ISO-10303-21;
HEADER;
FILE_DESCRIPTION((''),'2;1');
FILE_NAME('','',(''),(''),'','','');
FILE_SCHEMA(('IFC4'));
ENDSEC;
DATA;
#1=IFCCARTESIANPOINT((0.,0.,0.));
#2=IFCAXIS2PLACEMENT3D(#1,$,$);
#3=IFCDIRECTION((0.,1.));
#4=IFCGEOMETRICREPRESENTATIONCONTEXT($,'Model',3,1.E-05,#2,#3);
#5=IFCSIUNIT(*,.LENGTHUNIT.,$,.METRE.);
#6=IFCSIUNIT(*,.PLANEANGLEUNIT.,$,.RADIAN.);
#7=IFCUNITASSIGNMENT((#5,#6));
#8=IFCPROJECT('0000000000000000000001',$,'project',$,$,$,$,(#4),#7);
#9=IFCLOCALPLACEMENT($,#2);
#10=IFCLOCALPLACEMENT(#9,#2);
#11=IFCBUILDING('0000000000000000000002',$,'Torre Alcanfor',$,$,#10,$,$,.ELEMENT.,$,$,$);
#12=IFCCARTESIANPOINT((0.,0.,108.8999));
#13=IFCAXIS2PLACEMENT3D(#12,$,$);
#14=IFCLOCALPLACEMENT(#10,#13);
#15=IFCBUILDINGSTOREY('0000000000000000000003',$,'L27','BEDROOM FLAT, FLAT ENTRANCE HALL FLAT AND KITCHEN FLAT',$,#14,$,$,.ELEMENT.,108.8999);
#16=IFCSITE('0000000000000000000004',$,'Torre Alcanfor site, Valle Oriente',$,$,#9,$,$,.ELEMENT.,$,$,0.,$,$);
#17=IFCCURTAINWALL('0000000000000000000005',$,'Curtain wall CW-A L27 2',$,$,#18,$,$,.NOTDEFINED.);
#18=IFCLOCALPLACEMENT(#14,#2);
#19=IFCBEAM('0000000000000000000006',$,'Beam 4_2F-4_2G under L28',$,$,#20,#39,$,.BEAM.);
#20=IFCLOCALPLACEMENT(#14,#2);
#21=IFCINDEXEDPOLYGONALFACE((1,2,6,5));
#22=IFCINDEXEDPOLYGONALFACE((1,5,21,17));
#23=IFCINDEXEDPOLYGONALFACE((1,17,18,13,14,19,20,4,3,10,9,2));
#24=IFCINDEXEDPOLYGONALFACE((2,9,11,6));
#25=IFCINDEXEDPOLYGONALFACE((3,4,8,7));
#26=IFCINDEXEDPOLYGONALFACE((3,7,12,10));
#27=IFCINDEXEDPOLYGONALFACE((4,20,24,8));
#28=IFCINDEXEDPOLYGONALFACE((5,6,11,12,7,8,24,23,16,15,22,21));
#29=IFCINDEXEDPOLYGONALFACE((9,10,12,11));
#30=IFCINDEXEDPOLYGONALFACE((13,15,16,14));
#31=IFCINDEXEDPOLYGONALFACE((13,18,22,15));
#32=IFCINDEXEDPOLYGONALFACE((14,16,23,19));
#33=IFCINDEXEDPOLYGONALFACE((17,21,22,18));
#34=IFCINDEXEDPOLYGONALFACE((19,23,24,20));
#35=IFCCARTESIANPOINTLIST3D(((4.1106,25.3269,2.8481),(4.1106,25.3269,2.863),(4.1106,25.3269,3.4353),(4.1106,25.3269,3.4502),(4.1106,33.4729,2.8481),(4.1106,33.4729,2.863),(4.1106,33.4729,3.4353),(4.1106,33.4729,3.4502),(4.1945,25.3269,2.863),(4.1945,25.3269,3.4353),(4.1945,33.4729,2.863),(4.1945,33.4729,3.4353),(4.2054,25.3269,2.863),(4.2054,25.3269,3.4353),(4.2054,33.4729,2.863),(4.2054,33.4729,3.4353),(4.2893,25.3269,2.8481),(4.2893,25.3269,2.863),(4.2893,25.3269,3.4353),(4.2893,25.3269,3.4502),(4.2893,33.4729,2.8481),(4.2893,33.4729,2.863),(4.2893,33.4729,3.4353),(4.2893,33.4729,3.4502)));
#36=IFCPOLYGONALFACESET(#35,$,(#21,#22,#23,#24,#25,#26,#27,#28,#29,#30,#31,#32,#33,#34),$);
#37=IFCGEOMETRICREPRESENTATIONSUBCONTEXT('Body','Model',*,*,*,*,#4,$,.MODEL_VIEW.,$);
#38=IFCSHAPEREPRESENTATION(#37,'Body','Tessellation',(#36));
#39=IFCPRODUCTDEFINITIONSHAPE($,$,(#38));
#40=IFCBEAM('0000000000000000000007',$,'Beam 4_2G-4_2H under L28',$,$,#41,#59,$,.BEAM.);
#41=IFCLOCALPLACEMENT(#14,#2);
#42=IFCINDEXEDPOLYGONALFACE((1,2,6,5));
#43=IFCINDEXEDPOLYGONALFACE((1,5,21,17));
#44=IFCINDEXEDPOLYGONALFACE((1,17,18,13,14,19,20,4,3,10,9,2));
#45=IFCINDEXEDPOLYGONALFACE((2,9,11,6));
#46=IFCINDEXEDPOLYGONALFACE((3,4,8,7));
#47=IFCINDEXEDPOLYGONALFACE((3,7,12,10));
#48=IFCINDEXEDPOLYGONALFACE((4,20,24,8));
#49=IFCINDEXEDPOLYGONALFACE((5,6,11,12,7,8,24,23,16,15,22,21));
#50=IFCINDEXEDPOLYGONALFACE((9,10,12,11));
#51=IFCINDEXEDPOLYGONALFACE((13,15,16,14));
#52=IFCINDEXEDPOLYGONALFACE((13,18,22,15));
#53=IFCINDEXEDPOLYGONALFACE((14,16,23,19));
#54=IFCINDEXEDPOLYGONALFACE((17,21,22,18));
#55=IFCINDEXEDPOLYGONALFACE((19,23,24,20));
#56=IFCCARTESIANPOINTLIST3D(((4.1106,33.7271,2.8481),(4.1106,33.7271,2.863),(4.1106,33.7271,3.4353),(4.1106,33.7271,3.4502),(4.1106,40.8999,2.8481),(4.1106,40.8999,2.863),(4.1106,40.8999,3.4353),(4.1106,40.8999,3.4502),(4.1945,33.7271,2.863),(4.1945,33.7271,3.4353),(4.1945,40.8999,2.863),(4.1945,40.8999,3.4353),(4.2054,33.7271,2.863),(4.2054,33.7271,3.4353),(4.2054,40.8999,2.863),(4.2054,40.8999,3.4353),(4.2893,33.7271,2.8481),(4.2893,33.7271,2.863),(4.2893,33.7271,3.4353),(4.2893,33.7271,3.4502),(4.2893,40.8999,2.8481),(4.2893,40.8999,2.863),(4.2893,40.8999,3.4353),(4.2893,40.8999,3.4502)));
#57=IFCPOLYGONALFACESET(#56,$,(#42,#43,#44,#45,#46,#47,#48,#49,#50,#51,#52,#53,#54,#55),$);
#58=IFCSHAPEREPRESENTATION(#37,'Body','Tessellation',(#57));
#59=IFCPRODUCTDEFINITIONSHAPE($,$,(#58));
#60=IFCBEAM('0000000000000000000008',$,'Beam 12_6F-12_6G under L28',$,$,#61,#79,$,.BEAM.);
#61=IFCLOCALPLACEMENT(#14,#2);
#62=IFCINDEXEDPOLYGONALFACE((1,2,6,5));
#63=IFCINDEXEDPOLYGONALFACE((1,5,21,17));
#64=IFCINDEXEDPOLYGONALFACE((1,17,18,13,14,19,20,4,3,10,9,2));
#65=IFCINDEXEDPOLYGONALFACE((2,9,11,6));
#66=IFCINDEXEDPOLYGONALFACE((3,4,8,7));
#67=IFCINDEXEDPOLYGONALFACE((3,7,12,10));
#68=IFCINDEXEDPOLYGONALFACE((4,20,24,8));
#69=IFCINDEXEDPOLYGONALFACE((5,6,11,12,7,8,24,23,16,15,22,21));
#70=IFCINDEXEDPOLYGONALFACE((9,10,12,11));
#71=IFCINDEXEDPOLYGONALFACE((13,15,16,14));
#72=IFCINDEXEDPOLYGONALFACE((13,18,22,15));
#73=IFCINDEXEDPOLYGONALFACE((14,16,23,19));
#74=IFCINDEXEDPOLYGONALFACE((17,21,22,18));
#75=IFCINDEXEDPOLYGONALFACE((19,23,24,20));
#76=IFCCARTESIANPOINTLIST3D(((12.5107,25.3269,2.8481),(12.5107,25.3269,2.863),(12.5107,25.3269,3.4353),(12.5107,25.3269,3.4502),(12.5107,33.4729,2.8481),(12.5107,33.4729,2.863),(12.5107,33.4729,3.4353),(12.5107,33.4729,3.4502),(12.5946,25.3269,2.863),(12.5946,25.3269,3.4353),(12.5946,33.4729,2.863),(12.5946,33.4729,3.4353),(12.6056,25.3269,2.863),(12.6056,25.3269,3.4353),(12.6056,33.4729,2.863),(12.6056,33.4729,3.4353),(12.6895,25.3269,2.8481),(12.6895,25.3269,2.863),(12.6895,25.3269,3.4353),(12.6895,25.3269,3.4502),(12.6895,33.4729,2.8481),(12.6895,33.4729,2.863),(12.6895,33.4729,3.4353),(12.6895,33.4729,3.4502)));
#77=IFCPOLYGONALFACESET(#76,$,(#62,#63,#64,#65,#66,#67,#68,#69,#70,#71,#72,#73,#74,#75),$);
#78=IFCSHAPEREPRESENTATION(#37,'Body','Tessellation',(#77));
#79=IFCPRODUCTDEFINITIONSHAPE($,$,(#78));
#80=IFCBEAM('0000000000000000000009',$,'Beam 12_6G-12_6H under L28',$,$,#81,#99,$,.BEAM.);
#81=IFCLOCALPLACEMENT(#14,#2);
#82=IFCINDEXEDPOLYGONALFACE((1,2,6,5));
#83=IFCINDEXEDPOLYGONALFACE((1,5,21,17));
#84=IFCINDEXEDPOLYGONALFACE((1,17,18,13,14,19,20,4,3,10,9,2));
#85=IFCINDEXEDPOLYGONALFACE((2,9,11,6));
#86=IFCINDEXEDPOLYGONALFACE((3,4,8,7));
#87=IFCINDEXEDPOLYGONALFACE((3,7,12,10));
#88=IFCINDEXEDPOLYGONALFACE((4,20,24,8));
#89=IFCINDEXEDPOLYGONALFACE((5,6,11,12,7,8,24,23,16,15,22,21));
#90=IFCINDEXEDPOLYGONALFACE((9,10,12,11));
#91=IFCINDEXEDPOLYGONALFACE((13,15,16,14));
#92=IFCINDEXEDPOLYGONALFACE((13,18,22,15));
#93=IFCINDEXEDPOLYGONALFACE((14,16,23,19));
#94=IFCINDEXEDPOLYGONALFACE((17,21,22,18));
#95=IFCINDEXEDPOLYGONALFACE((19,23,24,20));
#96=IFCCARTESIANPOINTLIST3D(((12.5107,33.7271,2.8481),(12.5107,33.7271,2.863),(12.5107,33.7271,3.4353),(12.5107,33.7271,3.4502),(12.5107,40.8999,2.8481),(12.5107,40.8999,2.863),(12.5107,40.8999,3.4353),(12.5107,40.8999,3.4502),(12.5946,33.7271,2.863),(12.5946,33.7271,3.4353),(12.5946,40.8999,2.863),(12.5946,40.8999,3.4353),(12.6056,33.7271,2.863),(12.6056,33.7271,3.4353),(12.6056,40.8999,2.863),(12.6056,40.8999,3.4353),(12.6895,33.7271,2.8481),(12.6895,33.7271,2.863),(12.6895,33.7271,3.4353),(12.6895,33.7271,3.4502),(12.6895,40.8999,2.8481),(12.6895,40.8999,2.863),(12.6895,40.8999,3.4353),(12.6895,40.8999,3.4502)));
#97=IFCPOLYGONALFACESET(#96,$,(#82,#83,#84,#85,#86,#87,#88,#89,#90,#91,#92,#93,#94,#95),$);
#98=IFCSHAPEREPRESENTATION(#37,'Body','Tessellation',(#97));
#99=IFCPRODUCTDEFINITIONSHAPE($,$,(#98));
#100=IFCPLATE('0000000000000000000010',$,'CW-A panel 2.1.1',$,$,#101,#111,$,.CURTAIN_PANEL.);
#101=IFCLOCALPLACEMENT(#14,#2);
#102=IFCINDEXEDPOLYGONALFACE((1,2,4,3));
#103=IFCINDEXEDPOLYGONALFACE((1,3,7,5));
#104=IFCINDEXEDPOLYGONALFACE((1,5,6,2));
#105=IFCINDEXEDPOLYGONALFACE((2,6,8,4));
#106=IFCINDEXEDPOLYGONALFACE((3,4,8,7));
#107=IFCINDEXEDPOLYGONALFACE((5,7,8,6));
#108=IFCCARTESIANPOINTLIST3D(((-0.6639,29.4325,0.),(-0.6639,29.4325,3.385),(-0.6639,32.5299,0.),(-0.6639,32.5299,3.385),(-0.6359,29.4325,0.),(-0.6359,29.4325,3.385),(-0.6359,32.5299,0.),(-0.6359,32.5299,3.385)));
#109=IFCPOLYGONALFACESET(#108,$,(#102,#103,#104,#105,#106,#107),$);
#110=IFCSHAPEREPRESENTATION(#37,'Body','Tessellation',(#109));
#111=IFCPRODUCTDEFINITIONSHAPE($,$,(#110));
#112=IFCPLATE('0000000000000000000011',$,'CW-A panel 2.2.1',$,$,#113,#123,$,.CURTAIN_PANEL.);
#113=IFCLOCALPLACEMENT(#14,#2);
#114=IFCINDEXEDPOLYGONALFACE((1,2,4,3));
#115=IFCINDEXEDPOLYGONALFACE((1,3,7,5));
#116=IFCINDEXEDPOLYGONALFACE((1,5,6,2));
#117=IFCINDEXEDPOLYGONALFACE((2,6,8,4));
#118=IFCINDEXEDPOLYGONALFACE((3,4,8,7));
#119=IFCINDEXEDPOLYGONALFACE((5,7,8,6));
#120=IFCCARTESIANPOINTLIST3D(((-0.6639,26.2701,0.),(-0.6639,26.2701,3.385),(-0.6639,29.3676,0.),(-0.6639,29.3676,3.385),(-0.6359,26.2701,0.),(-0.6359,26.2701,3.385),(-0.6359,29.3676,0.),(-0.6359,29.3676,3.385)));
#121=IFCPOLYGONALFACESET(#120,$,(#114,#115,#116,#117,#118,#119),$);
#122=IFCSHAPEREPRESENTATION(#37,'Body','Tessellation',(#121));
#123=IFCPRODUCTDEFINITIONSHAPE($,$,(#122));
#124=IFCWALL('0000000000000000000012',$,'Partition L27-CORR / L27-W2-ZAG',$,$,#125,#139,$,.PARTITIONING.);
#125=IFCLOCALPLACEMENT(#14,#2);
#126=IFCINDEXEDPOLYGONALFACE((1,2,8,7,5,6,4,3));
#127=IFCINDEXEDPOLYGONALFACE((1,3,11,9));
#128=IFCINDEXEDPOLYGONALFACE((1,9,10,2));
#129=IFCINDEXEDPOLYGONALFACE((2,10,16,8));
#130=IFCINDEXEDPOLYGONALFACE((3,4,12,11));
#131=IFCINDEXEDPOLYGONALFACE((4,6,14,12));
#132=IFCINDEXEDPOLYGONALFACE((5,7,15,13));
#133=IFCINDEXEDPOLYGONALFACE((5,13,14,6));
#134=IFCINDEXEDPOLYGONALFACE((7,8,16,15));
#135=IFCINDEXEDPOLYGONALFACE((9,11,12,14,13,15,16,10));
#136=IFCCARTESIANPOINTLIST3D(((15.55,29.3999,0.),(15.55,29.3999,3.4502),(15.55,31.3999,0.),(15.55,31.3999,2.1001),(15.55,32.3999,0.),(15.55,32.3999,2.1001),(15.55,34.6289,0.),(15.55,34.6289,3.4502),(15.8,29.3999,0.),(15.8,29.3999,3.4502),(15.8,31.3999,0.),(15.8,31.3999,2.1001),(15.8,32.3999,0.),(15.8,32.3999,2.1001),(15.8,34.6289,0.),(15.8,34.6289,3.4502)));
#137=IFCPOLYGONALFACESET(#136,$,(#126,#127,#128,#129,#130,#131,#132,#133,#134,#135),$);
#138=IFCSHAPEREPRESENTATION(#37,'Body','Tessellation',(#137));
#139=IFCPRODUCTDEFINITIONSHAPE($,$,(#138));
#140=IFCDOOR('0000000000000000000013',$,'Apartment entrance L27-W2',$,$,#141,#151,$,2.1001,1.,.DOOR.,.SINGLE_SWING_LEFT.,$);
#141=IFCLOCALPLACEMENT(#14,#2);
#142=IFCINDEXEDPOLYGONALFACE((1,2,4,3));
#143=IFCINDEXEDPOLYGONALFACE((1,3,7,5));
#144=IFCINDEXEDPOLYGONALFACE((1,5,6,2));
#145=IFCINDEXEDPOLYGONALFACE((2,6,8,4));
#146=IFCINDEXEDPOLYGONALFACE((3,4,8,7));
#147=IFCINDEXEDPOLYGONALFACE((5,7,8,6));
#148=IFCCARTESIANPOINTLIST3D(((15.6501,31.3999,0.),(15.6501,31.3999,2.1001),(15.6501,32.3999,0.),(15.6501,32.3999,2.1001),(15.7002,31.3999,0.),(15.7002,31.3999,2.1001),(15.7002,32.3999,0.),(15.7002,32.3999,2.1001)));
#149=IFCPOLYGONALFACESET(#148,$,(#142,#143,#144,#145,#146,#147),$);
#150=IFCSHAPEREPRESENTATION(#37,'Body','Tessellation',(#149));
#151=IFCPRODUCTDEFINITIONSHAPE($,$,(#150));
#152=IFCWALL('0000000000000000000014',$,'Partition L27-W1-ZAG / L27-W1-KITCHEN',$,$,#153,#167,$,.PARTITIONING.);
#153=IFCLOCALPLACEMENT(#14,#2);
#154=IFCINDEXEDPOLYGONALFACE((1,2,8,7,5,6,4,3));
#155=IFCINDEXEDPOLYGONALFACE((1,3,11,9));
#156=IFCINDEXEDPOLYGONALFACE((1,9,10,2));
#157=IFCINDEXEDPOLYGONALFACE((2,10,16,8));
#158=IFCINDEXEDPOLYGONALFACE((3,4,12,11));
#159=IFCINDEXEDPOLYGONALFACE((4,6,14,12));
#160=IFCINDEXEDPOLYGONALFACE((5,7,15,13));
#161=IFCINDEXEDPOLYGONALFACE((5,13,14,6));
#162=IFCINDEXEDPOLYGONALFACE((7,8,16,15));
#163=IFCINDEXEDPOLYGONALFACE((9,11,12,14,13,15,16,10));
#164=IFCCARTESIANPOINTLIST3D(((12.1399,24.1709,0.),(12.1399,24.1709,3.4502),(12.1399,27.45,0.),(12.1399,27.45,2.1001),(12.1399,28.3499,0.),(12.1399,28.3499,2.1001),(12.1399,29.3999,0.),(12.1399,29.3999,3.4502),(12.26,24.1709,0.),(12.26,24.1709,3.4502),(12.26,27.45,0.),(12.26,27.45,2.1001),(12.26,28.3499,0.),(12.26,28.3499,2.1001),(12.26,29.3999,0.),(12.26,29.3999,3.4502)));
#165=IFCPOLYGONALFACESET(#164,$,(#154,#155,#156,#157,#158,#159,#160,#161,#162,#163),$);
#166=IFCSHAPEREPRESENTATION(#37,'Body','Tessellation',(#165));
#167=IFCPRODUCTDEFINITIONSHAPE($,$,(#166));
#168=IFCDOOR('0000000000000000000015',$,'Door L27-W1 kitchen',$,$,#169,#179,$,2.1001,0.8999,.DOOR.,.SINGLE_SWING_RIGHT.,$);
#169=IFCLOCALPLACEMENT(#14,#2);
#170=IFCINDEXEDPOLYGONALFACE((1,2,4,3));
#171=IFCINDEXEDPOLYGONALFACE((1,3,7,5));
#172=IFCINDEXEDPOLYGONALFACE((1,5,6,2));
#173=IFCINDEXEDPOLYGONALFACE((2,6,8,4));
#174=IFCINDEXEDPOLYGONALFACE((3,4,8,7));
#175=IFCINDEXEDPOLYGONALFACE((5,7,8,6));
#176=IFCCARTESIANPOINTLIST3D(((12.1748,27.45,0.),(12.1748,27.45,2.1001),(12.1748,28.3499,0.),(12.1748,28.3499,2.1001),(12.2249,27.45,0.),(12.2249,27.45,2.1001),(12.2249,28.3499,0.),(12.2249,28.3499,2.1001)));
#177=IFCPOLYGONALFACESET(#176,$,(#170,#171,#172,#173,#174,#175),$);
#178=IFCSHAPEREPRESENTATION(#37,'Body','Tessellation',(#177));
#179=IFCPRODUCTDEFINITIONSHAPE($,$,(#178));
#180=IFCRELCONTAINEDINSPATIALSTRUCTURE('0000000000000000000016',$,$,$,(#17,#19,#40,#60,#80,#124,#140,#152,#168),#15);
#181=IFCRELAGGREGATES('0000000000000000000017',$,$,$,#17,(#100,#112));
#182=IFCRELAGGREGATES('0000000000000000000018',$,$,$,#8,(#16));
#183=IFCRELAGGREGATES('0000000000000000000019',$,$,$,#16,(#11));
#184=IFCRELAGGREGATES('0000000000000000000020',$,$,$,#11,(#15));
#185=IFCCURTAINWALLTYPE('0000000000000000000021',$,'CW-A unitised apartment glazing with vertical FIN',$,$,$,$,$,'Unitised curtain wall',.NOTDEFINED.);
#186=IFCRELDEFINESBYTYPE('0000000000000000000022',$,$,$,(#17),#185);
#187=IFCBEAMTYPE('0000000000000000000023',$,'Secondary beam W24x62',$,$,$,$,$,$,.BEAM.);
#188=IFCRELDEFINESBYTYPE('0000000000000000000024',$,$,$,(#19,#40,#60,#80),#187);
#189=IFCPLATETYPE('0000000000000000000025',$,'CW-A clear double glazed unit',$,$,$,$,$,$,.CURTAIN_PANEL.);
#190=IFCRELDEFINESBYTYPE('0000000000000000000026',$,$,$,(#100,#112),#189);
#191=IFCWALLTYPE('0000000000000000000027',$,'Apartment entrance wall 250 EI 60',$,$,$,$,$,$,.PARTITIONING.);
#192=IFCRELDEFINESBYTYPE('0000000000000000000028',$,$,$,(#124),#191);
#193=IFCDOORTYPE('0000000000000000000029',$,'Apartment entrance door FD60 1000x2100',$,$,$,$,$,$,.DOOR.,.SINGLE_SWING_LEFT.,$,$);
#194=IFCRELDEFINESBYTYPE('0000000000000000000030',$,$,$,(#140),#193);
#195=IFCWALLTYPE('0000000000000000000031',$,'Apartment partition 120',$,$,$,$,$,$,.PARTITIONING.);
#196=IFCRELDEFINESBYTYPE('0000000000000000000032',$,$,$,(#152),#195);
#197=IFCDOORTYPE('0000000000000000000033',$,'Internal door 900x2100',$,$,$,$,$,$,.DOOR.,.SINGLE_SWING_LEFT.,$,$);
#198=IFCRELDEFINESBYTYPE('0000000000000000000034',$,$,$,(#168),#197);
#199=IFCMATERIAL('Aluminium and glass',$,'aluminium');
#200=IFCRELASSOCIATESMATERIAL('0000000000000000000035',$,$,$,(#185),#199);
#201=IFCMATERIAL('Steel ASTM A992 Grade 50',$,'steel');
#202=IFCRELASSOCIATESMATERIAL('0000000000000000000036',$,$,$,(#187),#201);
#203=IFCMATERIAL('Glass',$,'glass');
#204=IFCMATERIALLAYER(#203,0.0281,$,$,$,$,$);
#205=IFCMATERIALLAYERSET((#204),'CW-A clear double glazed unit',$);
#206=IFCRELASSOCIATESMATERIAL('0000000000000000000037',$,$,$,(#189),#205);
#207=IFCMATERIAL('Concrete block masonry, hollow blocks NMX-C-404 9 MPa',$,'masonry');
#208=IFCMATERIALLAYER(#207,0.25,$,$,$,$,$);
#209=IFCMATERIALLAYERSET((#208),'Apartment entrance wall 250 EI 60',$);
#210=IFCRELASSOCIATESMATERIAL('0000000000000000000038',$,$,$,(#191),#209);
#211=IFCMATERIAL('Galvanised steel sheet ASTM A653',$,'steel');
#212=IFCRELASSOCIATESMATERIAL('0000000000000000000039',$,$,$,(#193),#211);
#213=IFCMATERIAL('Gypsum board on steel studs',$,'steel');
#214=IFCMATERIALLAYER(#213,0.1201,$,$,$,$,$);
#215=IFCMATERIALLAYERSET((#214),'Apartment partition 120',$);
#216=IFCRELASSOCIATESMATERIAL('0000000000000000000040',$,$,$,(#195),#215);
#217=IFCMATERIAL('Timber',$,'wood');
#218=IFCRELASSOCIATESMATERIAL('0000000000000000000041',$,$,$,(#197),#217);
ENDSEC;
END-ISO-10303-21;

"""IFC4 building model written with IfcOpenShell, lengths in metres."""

from ifc_helpers import new_model, si_unit, direction, frame, frame_2d, origin, origin_2d, place, context, subcontext, project, spatial, rectangle, i_section, extrude, material, layer, layer_set, material_profile, profile_set, type_object, element, fill, aggregate, save


model = new_model("IFC4")

# Units and contexts
model_context = context("Model", 3, precision=1e-05, world=origin(), true_north=direction((0.0, 1.0)))
body_context = subcontext(model_context, "Body", "Model", "MODEL_VIEW")
ifc_project = project(units=[si_unit("LENGTHUNIT", "METRE"), si_unit("PLANEANGLEUNIT", "RADIAN")], contexts=[model_context])

# Site, building, storey
site_placement = place(None, origin())
site = spatial("IfcSite", under=ifc_project, at=site_placement, Name="Torre Alcanfor site, Valle Oriente", CompositionType="ELEMENT", RefElevation=0.0)
building_placement = place(site_placement, origin())
building = spatial("IfcBuilding", under=site, at=building_placement, Name="Torre Alcanfor", CompositionType="ELEMENT")
storey_placement = place(building_placement, frame((0.0, 0.0, 108.8999)))
storey = spatial("IfcBuildingStorey", under=building, at=storey_placement, Name="L27", Description="BEDROOM FLAT, FLAT ENTRANCE HALL FLAT AND KITCHEN FLAT", CompositionType="ELEMENT", Elevation=108.8999)

# Curtain wall
ifc_material_1 = material(Name="Aluminium and glass", Category="aluminium")
curtain_wall_type = type_object("IfcCurtainWallType", Name="CW-A unitised apartment glazing with vertical FIN", ElementType="Unitised curtain wall", PredefinedType="NOTDEFINED", material=ifc_material_1)
curtain_wall_placement = place(storey_placement, origin())
curtain_wall = element("IfcCurtainWall", 1, at=curtain_wall_placement, inside=storey, type_object=curtain_wall_type, Name="Curtain wall CW-A L27 2", PredefinedType="NOTDEFINED")

# Beams
ifc_material_2 = material(Name="Steel ASTM A992 Grade 50", Category="steel")
ifc_material_profile_1 = material_profile(ifc_material_2, i_section(OverallWidth=0.1787, OverallDepth=0.6021, WebThickness=0.011, FlangeThickness=0.0149, at=origin_2d()), Name="W24x62")
ifc_profile_set_1 = profile_set([ifc_material_profile_1], Name="Steel ASTM A992 Grade 50")
beam_type_1 = type_object("IfcBeamType", Name="Secondary beam W24x62", PredefinedType="BEAM", material=ifc_profile_set_1)
beam_1_placement = place(storey_placement, frame((4.2, 25.3269, 3.1492), z_axis=(0.0, 1.0, 0.0), x_axis=(-1.0, 0.0, 0.0)))
element("IfcBeam", 2, at=beam_1_placement, inside=storey, type_object=beam_type_1, Name="Beam 4_2F-4_2G under L28", PredefinedType="BEAM", context=body_context, shape_type="SweptSolid", body=[
    extrude(i_section(OverallWidth=0.1787, OverallDepth=0.6021, WebThickness=0.011, FlangeThickness=0.0149, at=origin_2d()), origin(), (0.0, 0.0, 1.0), 8.146),
])
beam_2_placement = place(storey_placement, frame((4.2, 33.7271, 3.1492), z_axis=(0.0, 1.0, 0.0), x_axis=(-1.0, 0.0, 0.0)))
element("IfcBeam", 3, at=beam_2_placement, inside=storey, type_object=beam_type_1, Name="Beam 4_2G-4_2H under L28", PredefinedType="BEAM", context=body_context, shape_type="SweptSolid", body=[
    extrude(i_section(OverallWidth=0.1787, OverallDepth=0.6021, WebThickness=0.011, FlangeThickness=0.0149, at=origin_2d()), origin(), (0.0, 0.0, 1.0), 7.1729),
])
beam_3_placement = place(storey_placement, frame((12.6001, 25.3269, 3.1492), z_axis=(0.0, 1.0, 0.0), x_axis=(-1.0, 0.0, 0.0)))
element("IfcBeam", 4, at=beam_3_placement, inside=storey, type_object=beam_type_1, Name="Beam 12_6F-12_6G under L28", PredefinedType="BEAM", context=body_context, shape_type="SweptSolid", body=[
    extrude(i_section(OverallWidth=0.1787, OverallDepth=0.6021, WebThickness=0.011, FlangeThickness=0.0149, at=origin_2d()), origin(), (0.0, 0.0, 1.0), 8.146),
])
beam_4_placement = place(storey_placement, frame((12.6001, 33.7271, 3.1492), z_axis=(0.0, 1.0, 0.0), x_axis=(-1.0, 0.0, 0.0)))
element("IfcBeam", 5, at=beam_4_placement, inside=storey, type_object=beam_type_1, Name="Beam 12_6G-12_6H under L28", PredefinedType="BEAM", context=body_context, shape_type="SweptSolid", body=[
    extrude(i_section(OverallWidth=0.1787, OverallDepth=0.6021, WebThickness=0.011, FlangeThickness=0.0149, at=origin_2d()), origin(), (0.0, 0.0, 1.0), 7.1729),
])

# Plates
ifc_material_3 = material(Name="Glass", Category="glass")
ifc_layer_1 = layer(ifc_material_3, 0.0281)
ifc_layer_set_1 = layer_set([ifc_layer_1], Name="CW-A clear double glazed unit")
plate_type = type_object("IfcPlateType", Name="CW-A clear double glazed unit", PredefinedType="CURTAIN_PANEL", material=ifc_layer_set_1)
plate_1_placement = place(storey_placement, frame((-0.6499, 30.9812, 0.0), z_axis=(0.0, 0.0, 1.0), x_axis=(0.0, -1.0, 0.0)))
plate_1 = element("IfcPlate", 6, at=plate_1_placement, type_object=plate_type, Name="CW-A panel 2.1.1", PredefinedType="CURTAIN_PANEL", context=body_context, shape_type="SweptSolid", body=[
    extrude(rectangle(XDim=3.0974, YDim=0.0281, at=origin_2d()), origin(), (0.0, 0.0, 1.0), 3.385),
])
plate_2_placement = place(storey_placement, frame((-0.6499, 27.8188, 0.0), z_axis=(0.0, 0.0, 1.0), x_axis=(0.0, -1.0, 0.0)))
plate_2 = element("IfcPlate", 7, at=plate_2_placement, type_object=plate_type, Name="CW-A panel 2.2.1", PredefinedType="CURTAIN_PANEL", context=body_context, shape_type="SweptSolid", body=[
    extrude(rectangle(XDim=3.0974, YDim=0.0281, at=origin_2d()), origin(), (0.0, 0.0, 1.0), 3.385),
])
aggregate(curtain_wall, [plate_1, plate_2])

# Walls, openings, doors
ifc_material_4 = material(Name="Concrete block masonry, hollow blocks NMX-C-404 9 MPa", Category="masonry")
ifc_layer_2 = layer(ifc_material_4, 0.25)
ifc_layer_set_2 = layer_set([ifc_layer_2], Name="Apartment entrance wall 250 EI 60")
wall_type_1 = type_object("IfcWallType", Name="Apartment entrance wall 250 EI 60", PredefinedType="PARTITIONING", material=ifc_layer_set_2)
wall_1_placement = place(storey_placement, frame((15.675, 29.3999, 0.0), z_axis=(0.0, 0.0, 1.0), x_axis=(0.0, 1.0, 0.0)))
wall_1 = element("IfcWall", 8, at=wall_1_placement, inside=storey, type_object=wall_type_1, Name="Partition L27-CORR / L27-W2-ZAG", PredefinedType="PARTITIONING", context=body_context, shape_type="SweptSolid", body=[
    extrude(rectangle(XDim=5.229, YDim=0.25, at=frame_2d((2.6145, 0.0))), origin(), (0.0, 0.0, 1.0), 3.4502),
])
opening_1_placement = place(wall_1_placement, frame((2.0, 0.0, 0.0)))
opening_1 = element("IfcOpeningElement", 9, at=opening_1_placement, cuts=wall_1, PredefinedType="OPENING", context=body_context, shape_type="SweptSolid", body=[
    extrude(rectangle(XDim=1.0, YDim=2.1001, at=frame_2d((0.5, 1.05))), frame((0.0, 0.135, 0.0), z_axis=(0.0, -1.0, 0.0), x_axis=(1.0, 0.0, 0.0)), (0.0, 0.0, 1.0), 0.27),
])
ifc_material_5 = material(Name="Galvanised steel sheet ASTM A653", Category="steel")
door_type_1 = type_object("IfcDoorType", Name="Apartment entrance door FD60 1000x2100", OperationType="SINGLE_SWING_LEFT", PredefinedType="DOOR", material=ifc_material_5)
door_1_placement = place(opening_1_placement, origin())
door_1 = element("IfcDoor", 10, at=door_1_placement, inside=storey, type_object=door_type_1, Name="Apartment entrance L27-W2", OperationType="SINGLE_SWING_LEFT", OverallHeight=2.1001, OverallWidth=1.0, PredefinedType="DOOR", context=body_context, shape_type="SweptSolid", body=[
    extrude(rectangle(XDim=1.0, YDim=2.1001, at=frame_2d((0.5, 1.05))), frame((0.0, 0.0249, 0.0), z_axis=(0.0, -1.0, 0.0), x_axis=(1.0, 0.0, 0.0)), (0.0, 0.0, 1.0), 0.05),
])
fill(opening_1, door_1)
ifc_material_6 = material(Name="Gypsum board on steel studs", Category="steel")
ifc_layer_3 = layer(ifc_material_6, 0.1201)
ifc_layer_set_3 = layer_set([ifc_layer_3], Name="Apartment partition 120")
wall_type_2 = type_object("IfcWallType", Name="Apartment partition 120", PredefinedType="PARTITIONING", material=ifc_layer_set_3)
wall_2_placement = place(storey_placement, frame((12.2, 29.3999, 0.0), z_axis=(0.0, 0.0, 1.0), x_axis=(0.0, -1.0, 0.0)))
wall_2 = element("IfcWall", 11, at=wall_2_placement, inside=storey, type_object=wall_type_2, Name="Partition L27-W1-ZAG / L27-W1-KITCHEN", PredefinedType="PARTITIONING", context=body_context, shape_type="SweptSolid", body=[
    extrude(rectangle(XDim=5.229, YDim=0.1201, at=frame_2d((2.6145, 0.0))), origin(), (0.0, 0.0, 1.0), 3.4502),
])
opening_2_placement = place(wall_2_placement, frame((1.05, 0.0, 0.0)))
opening_2 = element("IfcOpeningElement", 12, at=opening_2_placement, cuts=wall_2, PredefinedType="OPENING", context=body_context, shape_type="SweptSolid", body=[
    extrude(rectangle(XDim=0.8999, YDim=2.1001, at=frame_2d((0.45, 1.05))), frame((0.0, 0.0701, 0.0), z_axis=(0.0, -1.0, 0.0), x_axis=(1.0, 0.0, 0.0)), (0.0, 0.0, 1.0), 0.1401),
])
ifc_material_7 = material(Name="Timber", Category="wood")
door_type_2 = type_object("IfcDoorType", Name="Internal door 900x2100", OperationType="SINGLE_SWING_LEFT", PredefinedType="DOOR", material=ifc_material_7)
door_2_placement = place(opening_2_placement, frame((0.8999, 0.0, 0.0), z_axis=(0.0, 0.0, 1.0), x_axis=(-1.0, 0.0, 0.0)))
door_2 = element("IfcDoor", 13, at=door_2_placement, inside=storey, type_object=door_type_2, Name="Door L27-W1 kitchen", OperationType="SINGLE_SWING_RIGHT", OverallHeight=2.1001, OverallWidth=0.8999, PredefinedType="DOOR", context=body_context, shape_type="SweptSolid", body=[
    extrude(rectangle(XDim=0.8999, YDim=2.1001, at=frame_2d((0.45, 1.05))), frame((0.0, 0.0251, 0.0), z_axis=(0.0, -1.0, 0.0), x_axis=(1.0, 0.0, 0.0)), (0.0, 0.0, 1.0), 0.05),
])
fill(opening_2, door_2)

save(model, "model.ifc")
